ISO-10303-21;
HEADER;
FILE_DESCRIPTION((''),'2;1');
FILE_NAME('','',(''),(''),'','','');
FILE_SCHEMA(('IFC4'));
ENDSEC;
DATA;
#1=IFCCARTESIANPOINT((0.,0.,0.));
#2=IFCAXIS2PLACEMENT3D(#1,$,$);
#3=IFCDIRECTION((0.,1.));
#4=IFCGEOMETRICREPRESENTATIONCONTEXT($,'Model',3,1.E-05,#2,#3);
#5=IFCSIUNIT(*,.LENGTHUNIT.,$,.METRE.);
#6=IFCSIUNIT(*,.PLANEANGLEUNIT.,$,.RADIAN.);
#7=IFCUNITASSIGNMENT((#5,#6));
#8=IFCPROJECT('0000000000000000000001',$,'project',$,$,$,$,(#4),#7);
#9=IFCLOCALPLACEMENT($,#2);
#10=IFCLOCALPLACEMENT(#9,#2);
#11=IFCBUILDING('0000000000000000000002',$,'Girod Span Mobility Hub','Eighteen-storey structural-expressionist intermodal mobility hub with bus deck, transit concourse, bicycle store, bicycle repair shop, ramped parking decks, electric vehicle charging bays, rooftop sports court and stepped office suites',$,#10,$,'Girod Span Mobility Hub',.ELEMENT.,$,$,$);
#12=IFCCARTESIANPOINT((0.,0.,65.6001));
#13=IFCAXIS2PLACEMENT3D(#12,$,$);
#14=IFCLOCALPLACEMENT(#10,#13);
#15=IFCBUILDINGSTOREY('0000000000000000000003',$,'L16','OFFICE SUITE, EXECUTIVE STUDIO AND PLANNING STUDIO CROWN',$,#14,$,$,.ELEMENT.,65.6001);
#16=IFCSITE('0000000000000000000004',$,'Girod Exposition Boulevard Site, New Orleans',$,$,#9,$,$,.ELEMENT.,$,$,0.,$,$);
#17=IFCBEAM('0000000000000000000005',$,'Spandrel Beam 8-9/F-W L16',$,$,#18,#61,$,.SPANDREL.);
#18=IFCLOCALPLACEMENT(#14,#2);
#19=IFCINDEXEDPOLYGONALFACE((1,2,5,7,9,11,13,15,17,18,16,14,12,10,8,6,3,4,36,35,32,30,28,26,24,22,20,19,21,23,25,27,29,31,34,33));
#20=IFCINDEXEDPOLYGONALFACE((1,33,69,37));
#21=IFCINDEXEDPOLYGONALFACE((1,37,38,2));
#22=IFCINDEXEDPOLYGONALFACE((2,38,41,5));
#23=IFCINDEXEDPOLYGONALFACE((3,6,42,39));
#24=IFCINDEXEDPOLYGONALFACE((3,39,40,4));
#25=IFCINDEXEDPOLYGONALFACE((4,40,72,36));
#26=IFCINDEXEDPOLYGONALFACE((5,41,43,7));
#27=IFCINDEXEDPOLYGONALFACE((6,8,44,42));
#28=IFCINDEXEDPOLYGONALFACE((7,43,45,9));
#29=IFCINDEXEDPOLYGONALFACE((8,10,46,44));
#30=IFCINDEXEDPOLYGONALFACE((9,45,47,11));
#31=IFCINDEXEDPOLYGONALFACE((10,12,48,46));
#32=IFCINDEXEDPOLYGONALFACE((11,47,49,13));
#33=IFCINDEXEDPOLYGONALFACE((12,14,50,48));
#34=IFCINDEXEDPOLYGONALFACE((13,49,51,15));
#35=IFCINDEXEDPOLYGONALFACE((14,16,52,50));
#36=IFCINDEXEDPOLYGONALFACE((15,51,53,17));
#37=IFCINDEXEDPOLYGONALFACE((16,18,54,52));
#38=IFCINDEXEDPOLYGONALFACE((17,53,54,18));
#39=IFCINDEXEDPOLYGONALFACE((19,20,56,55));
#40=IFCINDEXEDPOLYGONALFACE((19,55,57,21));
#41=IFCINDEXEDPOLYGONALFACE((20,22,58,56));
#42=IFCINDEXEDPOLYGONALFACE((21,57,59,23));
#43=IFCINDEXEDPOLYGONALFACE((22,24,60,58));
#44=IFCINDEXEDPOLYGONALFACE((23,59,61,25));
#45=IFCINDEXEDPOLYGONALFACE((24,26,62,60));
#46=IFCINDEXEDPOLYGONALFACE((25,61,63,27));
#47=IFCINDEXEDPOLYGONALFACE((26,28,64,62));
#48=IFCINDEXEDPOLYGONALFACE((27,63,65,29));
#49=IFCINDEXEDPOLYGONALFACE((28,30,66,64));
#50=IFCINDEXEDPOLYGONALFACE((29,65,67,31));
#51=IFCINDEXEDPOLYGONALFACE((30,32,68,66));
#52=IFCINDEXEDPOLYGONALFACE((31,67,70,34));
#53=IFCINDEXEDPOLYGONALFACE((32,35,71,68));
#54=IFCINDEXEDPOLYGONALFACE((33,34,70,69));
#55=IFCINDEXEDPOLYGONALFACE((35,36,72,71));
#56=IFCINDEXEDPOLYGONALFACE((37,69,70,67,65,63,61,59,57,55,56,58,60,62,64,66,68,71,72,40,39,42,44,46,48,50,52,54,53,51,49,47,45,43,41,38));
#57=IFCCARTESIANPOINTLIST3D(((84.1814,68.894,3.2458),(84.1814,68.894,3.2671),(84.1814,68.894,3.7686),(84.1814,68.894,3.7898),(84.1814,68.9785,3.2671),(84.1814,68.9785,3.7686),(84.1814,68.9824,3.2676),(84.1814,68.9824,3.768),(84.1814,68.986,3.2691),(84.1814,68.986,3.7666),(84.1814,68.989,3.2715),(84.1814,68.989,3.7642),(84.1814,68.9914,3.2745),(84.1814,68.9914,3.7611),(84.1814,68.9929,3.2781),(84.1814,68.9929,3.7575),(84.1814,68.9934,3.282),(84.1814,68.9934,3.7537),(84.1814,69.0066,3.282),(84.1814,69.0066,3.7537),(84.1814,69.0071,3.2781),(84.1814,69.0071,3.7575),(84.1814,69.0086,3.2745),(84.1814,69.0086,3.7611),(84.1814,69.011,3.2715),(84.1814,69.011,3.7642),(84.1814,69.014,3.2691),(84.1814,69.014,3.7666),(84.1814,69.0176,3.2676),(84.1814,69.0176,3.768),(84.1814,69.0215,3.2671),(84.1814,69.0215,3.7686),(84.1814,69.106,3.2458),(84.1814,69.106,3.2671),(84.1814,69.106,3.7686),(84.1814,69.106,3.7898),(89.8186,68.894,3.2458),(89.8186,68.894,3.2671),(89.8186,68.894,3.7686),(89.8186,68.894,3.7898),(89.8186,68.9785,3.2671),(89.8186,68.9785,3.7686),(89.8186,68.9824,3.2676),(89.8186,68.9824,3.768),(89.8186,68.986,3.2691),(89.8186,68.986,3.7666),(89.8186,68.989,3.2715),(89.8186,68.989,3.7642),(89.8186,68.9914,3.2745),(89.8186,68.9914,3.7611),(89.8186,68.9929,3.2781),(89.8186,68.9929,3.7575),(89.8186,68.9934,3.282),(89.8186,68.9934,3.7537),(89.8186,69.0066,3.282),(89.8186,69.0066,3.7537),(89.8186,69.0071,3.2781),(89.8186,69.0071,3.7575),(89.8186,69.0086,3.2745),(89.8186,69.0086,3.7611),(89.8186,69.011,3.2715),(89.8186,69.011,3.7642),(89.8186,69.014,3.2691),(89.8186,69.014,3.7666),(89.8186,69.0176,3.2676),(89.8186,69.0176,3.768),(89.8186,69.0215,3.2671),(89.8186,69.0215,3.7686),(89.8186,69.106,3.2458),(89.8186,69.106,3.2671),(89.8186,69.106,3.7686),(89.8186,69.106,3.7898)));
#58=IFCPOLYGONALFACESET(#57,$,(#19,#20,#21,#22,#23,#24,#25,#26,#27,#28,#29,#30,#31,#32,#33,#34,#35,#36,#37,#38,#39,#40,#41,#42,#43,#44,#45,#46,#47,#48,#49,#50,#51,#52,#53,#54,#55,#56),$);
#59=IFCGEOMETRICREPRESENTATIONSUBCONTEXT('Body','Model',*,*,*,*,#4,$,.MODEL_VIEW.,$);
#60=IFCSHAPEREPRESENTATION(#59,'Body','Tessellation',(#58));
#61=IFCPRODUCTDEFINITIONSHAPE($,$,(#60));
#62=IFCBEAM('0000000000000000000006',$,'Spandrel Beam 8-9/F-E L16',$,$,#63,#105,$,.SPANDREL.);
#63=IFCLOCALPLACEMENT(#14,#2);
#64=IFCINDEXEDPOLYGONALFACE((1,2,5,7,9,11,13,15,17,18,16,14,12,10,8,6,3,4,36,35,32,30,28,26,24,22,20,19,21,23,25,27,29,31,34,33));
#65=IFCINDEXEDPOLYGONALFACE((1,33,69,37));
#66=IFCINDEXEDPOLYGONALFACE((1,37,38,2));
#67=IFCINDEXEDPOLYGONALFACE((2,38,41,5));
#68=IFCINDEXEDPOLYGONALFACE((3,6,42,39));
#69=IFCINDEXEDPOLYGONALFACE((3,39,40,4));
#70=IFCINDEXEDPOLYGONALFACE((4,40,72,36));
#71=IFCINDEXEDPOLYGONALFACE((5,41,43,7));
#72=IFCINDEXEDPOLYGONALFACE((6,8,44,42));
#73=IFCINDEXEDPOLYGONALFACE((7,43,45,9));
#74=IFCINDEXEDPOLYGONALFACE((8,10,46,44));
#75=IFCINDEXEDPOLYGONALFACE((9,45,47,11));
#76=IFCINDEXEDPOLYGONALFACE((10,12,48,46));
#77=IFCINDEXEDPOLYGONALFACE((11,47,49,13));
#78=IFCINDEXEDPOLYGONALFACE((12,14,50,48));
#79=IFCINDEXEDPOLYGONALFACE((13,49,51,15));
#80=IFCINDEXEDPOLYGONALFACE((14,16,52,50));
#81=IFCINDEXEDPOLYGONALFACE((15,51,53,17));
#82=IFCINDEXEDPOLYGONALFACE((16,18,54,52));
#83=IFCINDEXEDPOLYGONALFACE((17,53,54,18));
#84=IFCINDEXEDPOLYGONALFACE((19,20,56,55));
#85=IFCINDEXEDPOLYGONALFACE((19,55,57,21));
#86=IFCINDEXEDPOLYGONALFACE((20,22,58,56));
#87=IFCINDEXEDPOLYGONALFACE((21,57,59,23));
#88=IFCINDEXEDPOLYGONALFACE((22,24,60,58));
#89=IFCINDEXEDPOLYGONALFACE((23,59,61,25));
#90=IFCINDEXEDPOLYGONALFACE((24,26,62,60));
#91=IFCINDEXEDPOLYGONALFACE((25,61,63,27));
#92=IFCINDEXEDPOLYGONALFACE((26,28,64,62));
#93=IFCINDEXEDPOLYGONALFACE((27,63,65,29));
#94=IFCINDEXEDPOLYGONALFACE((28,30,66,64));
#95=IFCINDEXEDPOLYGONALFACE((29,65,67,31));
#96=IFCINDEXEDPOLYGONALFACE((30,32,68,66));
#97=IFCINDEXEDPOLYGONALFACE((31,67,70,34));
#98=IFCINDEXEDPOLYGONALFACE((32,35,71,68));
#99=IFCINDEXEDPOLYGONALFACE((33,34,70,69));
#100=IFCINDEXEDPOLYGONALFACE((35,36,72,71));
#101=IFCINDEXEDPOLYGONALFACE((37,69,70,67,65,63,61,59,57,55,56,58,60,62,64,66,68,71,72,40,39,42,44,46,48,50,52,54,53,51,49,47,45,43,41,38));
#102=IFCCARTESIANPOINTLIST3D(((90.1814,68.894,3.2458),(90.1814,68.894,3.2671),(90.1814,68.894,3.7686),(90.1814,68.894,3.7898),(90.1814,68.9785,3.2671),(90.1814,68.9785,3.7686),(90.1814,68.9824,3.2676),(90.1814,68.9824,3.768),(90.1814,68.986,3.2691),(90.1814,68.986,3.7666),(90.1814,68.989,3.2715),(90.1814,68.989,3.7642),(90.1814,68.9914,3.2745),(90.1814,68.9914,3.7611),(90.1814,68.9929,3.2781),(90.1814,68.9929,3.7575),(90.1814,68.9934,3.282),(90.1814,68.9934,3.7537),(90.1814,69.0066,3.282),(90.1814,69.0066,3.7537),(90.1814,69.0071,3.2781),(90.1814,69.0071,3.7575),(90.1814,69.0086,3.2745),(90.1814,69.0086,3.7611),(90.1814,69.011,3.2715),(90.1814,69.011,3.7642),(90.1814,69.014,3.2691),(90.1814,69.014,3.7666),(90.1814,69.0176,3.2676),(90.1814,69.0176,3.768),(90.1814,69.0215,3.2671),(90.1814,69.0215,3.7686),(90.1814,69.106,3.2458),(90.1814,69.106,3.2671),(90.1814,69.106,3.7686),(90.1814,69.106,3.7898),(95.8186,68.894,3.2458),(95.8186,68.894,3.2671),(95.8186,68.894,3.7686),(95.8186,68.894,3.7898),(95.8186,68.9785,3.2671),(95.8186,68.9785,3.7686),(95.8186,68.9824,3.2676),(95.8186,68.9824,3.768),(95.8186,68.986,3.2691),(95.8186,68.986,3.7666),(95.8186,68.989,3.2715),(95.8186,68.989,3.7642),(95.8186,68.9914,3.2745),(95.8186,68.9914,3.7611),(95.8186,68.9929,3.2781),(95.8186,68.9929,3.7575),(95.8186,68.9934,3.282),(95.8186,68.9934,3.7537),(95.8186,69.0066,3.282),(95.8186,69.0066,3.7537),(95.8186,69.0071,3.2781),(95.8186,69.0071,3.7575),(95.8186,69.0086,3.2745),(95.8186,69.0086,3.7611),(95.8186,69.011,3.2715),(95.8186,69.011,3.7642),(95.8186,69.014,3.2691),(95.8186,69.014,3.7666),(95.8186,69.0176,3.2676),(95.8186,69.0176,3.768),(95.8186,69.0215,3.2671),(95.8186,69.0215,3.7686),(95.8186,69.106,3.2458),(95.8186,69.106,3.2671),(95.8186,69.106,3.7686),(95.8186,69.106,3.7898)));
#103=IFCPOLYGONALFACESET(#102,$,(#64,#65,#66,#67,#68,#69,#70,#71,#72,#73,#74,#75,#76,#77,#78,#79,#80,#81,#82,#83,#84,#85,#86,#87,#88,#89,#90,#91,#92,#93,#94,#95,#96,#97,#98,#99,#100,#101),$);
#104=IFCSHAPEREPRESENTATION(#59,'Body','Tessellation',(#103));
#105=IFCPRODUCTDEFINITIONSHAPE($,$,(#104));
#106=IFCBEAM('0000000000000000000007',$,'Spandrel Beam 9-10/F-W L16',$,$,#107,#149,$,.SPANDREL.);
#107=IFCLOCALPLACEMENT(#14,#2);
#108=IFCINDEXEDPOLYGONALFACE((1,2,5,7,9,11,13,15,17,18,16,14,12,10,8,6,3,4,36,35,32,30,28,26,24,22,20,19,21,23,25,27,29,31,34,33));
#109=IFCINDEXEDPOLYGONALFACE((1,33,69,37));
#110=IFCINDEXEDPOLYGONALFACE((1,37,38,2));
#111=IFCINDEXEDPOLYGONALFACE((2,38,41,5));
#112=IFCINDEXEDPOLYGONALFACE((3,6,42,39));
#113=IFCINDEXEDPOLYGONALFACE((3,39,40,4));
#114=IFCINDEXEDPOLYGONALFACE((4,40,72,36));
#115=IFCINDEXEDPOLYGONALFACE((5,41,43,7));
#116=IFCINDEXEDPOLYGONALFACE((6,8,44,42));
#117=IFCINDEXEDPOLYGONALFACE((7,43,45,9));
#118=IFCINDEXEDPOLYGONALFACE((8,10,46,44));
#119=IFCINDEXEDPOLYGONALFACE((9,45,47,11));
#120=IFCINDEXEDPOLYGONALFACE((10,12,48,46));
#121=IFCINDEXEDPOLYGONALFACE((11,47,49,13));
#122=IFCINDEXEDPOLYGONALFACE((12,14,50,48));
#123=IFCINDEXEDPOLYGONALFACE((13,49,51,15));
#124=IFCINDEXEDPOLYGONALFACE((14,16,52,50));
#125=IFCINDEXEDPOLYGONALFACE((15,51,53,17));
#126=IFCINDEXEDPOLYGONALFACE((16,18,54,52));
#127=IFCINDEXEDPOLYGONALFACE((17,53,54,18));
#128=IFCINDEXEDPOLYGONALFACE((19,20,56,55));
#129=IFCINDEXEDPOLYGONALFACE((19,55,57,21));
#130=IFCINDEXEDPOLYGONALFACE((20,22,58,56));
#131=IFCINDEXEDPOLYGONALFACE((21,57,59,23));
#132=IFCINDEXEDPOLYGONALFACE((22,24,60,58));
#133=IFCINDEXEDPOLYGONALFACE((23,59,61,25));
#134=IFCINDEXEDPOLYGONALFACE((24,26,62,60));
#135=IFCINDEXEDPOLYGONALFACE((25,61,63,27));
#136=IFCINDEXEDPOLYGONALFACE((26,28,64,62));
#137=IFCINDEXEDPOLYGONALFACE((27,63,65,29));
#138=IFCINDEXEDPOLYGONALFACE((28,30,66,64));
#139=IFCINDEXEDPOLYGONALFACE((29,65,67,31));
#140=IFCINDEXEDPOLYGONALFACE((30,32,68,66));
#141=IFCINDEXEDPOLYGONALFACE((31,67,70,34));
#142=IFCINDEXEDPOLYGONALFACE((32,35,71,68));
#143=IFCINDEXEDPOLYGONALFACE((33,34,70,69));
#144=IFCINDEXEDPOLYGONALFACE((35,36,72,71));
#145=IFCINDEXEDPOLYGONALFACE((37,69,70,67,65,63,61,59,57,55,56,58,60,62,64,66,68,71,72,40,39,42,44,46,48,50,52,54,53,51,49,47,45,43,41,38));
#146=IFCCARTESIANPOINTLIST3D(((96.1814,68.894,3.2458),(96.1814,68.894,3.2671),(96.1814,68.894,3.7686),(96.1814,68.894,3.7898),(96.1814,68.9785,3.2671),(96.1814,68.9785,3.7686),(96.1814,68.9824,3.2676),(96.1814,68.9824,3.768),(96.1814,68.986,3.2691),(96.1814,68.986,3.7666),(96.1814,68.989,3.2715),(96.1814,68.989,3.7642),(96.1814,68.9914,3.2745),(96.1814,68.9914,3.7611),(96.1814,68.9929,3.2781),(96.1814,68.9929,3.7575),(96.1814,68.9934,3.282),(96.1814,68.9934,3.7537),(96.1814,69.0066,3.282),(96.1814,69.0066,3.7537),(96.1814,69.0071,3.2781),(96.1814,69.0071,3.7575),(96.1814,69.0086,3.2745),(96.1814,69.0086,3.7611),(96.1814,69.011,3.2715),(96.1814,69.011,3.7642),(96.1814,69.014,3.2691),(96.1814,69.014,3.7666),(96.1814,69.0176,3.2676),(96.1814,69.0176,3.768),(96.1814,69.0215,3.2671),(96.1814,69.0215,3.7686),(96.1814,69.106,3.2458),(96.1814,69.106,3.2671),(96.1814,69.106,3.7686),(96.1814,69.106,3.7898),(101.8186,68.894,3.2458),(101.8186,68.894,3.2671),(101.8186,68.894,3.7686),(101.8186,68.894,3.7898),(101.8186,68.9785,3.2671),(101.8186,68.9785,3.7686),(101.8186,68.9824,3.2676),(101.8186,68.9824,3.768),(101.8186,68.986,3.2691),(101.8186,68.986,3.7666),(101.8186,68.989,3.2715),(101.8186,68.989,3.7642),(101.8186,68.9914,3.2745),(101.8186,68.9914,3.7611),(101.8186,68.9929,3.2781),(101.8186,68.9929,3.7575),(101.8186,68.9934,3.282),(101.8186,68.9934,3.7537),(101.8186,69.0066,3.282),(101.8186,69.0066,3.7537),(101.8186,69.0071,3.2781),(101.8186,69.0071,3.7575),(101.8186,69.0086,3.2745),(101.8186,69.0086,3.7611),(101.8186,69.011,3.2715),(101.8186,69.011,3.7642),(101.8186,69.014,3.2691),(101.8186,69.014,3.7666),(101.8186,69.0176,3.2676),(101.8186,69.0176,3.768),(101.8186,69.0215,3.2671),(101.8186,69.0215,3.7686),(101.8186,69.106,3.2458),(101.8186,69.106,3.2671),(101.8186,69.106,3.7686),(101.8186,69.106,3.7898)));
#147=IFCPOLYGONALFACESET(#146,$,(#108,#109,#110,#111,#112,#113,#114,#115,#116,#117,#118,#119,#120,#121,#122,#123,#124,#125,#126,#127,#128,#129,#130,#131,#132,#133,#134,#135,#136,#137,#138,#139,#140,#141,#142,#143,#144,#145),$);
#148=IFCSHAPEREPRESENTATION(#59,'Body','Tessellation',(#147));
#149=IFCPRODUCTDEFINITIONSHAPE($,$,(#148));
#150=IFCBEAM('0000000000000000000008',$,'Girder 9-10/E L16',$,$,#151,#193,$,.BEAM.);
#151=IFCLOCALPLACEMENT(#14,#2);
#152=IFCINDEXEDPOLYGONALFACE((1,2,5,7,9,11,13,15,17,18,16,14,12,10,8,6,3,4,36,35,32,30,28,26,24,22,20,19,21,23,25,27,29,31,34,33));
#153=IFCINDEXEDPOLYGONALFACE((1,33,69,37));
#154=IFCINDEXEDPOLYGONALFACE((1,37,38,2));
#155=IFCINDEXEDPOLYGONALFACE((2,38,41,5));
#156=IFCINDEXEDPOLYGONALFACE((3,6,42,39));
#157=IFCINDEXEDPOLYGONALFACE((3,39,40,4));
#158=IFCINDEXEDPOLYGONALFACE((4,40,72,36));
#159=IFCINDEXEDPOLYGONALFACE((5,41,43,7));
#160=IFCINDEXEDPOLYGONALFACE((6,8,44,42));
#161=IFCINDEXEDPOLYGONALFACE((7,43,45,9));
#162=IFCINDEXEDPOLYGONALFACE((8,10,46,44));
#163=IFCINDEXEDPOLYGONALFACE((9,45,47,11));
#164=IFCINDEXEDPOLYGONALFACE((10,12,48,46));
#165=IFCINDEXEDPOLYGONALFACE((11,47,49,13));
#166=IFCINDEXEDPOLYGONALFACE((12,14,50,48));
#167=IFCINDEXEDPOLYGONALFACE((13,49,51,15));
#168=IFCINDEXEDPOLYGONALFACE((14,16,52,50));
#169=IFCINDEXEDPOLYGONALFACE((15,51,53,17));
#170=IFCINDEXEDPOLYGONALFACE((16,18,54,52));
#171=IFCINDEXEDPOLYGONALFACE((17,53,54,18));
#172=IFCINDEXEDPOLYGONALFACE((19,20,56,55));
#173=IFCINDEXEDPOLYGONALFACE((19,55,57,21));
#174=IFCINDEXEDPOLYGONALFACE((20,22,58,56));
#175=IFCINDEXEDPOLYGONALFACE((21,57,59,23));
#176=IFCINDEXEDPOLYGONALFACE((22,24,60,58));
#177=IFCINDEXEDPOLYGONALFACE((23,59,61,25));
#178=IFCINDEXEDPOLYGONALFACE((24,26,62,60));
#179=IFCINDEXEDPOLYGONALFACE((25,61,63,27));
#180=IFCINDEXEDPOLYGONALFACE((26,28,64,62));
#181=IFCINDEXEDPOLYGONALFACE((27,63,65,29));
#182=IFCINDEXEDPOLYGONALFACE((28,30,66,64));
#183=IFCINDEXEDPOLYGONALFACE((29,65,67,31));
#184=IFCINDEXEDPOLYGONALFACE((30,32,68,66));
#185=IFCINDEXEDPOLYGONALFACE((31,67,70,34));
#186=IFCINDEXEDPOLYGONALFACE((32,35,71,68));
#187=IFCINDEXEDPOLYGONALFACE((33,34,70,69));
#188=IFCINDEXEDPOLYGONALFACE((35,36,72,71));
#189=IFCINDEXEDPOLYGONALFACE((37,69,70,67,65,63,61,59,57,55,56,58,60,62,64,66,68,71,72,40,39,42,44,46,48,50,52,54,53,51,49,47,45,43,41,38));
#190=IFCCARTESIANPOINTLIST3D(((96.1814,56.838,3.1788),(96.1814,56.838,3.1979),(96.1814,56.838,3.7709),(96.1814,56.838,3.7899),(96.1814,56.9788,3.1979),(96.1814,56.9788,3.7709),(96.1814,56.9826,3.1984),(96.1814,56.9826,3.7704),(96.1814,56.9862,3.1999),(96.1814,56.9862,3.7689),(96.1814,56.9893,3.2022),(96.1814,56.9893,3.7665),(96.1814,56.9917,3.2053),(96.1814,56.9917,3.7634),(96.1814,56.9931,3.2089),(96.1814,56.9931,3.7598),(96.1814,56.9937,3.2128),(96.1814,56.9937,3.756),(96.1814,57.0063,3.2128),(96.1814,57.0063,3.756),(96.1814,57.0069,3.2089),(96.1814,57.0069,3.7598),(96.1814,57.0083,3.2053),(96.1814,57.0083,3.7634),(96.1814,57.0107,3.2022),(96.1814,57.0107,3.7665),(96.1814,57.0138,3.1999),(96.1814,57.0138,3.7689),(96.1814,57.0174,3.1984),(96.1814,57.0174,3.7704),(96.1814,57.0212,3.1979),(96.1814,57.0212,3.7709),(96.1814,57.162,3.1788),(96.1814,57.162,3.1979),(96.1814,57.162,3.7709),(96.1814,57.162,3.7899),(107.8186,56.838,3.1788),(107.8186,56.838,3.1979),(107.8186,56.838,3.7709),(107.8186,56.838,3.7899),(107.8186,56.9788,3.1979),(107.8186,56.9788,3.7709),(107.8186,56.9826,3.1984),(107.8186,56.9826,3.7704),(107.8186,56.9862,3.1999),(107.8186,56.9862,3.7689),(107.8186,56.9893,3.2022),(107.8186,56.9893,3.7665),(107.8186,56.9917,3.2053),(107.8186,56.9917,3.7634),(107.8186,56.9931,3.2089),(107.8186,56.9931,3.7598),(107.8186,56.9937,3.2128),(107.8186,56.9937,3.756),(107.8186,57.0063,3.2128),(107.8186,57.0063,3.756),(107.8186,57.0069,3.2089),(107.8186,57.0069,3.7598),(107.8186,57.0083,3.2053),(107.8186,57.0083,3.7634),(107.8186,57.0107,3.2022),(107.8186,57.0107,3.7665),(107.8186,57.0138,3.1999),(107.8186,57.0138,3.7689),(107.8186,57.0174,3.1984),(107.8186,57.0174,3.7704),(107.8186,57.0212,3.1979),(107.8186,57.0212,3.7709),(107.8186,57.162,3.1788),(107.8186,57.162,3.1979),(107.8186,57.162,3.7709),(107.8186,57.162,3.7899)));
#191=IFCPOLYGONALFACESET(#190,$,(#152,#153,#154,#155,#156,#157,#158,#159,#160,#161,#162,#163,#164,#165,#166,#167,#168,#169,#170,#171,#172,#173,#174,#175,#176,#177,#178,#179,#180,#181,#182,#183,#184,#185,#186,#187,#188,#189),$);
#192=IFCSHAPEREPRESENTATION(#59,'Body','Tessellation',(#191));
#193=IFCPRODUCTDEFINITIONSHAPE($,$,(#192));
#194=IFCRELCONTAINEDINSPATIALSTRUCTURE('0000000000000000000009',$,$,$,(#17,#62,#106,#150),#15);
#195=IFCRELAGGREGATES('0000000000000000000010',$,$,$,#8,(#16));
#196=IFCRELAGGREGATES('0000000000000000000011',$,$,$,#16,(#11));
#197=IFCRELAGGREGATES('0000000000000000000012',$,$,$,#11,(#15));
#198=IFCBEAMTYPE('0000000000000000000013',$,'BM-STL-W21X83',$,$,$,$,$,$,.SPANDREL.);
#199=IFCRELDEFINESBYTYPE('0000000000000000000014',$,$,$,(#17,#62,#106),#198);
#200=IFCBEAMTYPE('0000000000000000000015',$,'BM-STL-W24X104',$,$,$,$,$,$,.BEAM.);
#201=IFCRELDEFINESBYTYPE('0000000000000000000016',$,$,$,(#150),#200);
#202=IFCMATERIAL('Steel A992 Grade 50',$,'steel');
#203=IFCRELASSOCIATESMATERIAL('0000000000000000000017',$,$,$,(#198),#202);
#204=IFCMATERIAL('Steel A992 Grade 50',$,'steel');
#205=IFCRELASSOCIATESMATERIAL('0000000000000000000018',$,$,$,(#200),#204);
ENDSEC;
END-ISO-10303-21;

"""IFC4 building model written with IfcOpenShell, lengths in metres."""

from ifc_helpers import new_model, si_unit, direction, frame, origin, origin_2d, place, context, subcontext, project, spatial, i_section, extrude, material, material_profile, profile_set, type_object, element, save


model = new_model("IFC4")

# Units and contexts
model_context = context("Model", 3, precision=1e-05, world=origin(), true_north=direction((0.0, 1.0)))
body_context = subcontext(model_context, "Body", "Model", "MODEL_VIEW")
ifc_project = project(units=[si_unit("LENGTHUNIT", "METRE"), si_unit("PLANEANGLEUNIT", "RADIAN")], contexts=[model_context])

# Site, building, storey
site_placement = place(None, origin())
site = spatial("IfcSite", under=ifc_project, at=site_placement, Name="Girod Exposition Boulevard Site, New Orleans", CompositionType="ELEMENT", RefElevation=0.0)
building_placement = place(site_placement, origin())
building = spatial("IfcBuilding", under=site, at=building_placement, Name="Girod Span Mobility Hub", Description="Eighteen-storey structural-expressionist intermodal mobility hub with bus deck, transit concourse, bicycle store, bicycle repair shop, ramped parking decks, electric vehicle charging bays, rooftop sports court and stepped office suites", LongName="Girod Span Mobility Hub", CompositionType="ELEMENT")
storey_placement = place(building_placement, frame((0.0, 0.0, 65.6001)))
storey = spatial("IfcBuildingStorey", under=building, at=storey_placement, Name="L16", Description="OFFICE SUITE, EXECUTIVE STUDIO AND PLANNING STUDIO CROWN", CompositionType="ELEMENT", Elevation=65.6001)

# Beams
ifc_material_1 = material(Name="Steel A992 Grade 50", Category="steel")
ifc_material_profile_1 = material_profile(ifc_material_1, i_section(OverallWidth=0.2119, OverallDepth=0.5439, WebThickness=0.0132, FlangeThickness=0.0212, FilletRadius=0.0149, at=origin_2d()), Name="W21X83")
ifc_profile_set_1 = profile_set([ifc_material_profile_1], Name="Steel A992 Grade 50")
beam_type_1 = type_object("IfcBeamType", Name="BM-STL-W21X83", PredefinedType="SPANDREL", material=ifc_profile_set_1)
for number, where, z_axis, x_axis, name in (
    (1, (84.1814, 69.0, 3.5178), (1.0, 0.0, 0.0), (0.0, 1.0, 0.0), "Spandrel Beam 8-9/F-W L16"),
    (2, (90.1814, 69.0, 3.5178), (1.0, 0.0, 0.0), (0.0, 1.0, 0.0), "Spandrel Beam 8-9/F-E L16"),
    (3, (96.1814, 69.0, 3.5178), (1.0, 0.0, 0.0), (0.0, 1.0, 0.0), "Spandrel Beam 9-10/F-W L16"),
):
    element("IfcBeam", number, at=place(storey_placement, frame(where, z_axis=z_axis, x_axis=x_axis)), inside=storey, type_object=beam_type_1, Name=name, PredefinedType="SPANDREL", context=body_context, shape_type="SweptSolid", body=[
        extrude(i_section(OverallWidth=0.2119, OverallDepth=0.5439, WebThickness=0.0132, FlangeThickness=0.0212, FilletRadius=0.0149, at=origin_2d()), origin(), (0.0, 0.0, 1.0), 5.6372),
    ])
ifc_material_2 = material(Name="Steel A992 Grade 50", Category="steel")
ifc_material_profile_2 = material_profile(ifc_material_2, i_section(OverallWidth=0.324, OverallDepth=0.6111, WebThickness=0.0127, FlangeThickness=0.019, FilletRadius=0.0149, at=origin_2d()), Name="W24X104")
ifc_profile_set_2 = profile_set([ifc_material_profile_2], Name="Steel A992 Grade 50")
beam_type_2 = type_object("IfcBeamType", Name="BM-STL-W24X104", PredefinedType="BEAM", material=ifc_profile_set_2)
beam_placement = place(storey_placement, frame((96.1814, 57.0, 3.4844), z_axis=(1.0, 0.0, 0.0), x_axis=(0.0, 1.0, 0.0)))
element("IfcBeam", 4, at=beam_placement, inside=storey, type_object=beam_type_2, Name="Girder 9-10/E L16", PredefinedType="BEAM", context=body_context, shape_type="SweptSolid", body=[
    extrude(i_section(OverallWidth=0.324, OverallDepth=0.6111, WebThickness=0.0127, FlangeThickness=0.019, FilletRadius=0.0149, at=origin_2d()), origin(), (0.0, 0.0, 1.0), 11.6372),
])

save(model, "model.ifc")
